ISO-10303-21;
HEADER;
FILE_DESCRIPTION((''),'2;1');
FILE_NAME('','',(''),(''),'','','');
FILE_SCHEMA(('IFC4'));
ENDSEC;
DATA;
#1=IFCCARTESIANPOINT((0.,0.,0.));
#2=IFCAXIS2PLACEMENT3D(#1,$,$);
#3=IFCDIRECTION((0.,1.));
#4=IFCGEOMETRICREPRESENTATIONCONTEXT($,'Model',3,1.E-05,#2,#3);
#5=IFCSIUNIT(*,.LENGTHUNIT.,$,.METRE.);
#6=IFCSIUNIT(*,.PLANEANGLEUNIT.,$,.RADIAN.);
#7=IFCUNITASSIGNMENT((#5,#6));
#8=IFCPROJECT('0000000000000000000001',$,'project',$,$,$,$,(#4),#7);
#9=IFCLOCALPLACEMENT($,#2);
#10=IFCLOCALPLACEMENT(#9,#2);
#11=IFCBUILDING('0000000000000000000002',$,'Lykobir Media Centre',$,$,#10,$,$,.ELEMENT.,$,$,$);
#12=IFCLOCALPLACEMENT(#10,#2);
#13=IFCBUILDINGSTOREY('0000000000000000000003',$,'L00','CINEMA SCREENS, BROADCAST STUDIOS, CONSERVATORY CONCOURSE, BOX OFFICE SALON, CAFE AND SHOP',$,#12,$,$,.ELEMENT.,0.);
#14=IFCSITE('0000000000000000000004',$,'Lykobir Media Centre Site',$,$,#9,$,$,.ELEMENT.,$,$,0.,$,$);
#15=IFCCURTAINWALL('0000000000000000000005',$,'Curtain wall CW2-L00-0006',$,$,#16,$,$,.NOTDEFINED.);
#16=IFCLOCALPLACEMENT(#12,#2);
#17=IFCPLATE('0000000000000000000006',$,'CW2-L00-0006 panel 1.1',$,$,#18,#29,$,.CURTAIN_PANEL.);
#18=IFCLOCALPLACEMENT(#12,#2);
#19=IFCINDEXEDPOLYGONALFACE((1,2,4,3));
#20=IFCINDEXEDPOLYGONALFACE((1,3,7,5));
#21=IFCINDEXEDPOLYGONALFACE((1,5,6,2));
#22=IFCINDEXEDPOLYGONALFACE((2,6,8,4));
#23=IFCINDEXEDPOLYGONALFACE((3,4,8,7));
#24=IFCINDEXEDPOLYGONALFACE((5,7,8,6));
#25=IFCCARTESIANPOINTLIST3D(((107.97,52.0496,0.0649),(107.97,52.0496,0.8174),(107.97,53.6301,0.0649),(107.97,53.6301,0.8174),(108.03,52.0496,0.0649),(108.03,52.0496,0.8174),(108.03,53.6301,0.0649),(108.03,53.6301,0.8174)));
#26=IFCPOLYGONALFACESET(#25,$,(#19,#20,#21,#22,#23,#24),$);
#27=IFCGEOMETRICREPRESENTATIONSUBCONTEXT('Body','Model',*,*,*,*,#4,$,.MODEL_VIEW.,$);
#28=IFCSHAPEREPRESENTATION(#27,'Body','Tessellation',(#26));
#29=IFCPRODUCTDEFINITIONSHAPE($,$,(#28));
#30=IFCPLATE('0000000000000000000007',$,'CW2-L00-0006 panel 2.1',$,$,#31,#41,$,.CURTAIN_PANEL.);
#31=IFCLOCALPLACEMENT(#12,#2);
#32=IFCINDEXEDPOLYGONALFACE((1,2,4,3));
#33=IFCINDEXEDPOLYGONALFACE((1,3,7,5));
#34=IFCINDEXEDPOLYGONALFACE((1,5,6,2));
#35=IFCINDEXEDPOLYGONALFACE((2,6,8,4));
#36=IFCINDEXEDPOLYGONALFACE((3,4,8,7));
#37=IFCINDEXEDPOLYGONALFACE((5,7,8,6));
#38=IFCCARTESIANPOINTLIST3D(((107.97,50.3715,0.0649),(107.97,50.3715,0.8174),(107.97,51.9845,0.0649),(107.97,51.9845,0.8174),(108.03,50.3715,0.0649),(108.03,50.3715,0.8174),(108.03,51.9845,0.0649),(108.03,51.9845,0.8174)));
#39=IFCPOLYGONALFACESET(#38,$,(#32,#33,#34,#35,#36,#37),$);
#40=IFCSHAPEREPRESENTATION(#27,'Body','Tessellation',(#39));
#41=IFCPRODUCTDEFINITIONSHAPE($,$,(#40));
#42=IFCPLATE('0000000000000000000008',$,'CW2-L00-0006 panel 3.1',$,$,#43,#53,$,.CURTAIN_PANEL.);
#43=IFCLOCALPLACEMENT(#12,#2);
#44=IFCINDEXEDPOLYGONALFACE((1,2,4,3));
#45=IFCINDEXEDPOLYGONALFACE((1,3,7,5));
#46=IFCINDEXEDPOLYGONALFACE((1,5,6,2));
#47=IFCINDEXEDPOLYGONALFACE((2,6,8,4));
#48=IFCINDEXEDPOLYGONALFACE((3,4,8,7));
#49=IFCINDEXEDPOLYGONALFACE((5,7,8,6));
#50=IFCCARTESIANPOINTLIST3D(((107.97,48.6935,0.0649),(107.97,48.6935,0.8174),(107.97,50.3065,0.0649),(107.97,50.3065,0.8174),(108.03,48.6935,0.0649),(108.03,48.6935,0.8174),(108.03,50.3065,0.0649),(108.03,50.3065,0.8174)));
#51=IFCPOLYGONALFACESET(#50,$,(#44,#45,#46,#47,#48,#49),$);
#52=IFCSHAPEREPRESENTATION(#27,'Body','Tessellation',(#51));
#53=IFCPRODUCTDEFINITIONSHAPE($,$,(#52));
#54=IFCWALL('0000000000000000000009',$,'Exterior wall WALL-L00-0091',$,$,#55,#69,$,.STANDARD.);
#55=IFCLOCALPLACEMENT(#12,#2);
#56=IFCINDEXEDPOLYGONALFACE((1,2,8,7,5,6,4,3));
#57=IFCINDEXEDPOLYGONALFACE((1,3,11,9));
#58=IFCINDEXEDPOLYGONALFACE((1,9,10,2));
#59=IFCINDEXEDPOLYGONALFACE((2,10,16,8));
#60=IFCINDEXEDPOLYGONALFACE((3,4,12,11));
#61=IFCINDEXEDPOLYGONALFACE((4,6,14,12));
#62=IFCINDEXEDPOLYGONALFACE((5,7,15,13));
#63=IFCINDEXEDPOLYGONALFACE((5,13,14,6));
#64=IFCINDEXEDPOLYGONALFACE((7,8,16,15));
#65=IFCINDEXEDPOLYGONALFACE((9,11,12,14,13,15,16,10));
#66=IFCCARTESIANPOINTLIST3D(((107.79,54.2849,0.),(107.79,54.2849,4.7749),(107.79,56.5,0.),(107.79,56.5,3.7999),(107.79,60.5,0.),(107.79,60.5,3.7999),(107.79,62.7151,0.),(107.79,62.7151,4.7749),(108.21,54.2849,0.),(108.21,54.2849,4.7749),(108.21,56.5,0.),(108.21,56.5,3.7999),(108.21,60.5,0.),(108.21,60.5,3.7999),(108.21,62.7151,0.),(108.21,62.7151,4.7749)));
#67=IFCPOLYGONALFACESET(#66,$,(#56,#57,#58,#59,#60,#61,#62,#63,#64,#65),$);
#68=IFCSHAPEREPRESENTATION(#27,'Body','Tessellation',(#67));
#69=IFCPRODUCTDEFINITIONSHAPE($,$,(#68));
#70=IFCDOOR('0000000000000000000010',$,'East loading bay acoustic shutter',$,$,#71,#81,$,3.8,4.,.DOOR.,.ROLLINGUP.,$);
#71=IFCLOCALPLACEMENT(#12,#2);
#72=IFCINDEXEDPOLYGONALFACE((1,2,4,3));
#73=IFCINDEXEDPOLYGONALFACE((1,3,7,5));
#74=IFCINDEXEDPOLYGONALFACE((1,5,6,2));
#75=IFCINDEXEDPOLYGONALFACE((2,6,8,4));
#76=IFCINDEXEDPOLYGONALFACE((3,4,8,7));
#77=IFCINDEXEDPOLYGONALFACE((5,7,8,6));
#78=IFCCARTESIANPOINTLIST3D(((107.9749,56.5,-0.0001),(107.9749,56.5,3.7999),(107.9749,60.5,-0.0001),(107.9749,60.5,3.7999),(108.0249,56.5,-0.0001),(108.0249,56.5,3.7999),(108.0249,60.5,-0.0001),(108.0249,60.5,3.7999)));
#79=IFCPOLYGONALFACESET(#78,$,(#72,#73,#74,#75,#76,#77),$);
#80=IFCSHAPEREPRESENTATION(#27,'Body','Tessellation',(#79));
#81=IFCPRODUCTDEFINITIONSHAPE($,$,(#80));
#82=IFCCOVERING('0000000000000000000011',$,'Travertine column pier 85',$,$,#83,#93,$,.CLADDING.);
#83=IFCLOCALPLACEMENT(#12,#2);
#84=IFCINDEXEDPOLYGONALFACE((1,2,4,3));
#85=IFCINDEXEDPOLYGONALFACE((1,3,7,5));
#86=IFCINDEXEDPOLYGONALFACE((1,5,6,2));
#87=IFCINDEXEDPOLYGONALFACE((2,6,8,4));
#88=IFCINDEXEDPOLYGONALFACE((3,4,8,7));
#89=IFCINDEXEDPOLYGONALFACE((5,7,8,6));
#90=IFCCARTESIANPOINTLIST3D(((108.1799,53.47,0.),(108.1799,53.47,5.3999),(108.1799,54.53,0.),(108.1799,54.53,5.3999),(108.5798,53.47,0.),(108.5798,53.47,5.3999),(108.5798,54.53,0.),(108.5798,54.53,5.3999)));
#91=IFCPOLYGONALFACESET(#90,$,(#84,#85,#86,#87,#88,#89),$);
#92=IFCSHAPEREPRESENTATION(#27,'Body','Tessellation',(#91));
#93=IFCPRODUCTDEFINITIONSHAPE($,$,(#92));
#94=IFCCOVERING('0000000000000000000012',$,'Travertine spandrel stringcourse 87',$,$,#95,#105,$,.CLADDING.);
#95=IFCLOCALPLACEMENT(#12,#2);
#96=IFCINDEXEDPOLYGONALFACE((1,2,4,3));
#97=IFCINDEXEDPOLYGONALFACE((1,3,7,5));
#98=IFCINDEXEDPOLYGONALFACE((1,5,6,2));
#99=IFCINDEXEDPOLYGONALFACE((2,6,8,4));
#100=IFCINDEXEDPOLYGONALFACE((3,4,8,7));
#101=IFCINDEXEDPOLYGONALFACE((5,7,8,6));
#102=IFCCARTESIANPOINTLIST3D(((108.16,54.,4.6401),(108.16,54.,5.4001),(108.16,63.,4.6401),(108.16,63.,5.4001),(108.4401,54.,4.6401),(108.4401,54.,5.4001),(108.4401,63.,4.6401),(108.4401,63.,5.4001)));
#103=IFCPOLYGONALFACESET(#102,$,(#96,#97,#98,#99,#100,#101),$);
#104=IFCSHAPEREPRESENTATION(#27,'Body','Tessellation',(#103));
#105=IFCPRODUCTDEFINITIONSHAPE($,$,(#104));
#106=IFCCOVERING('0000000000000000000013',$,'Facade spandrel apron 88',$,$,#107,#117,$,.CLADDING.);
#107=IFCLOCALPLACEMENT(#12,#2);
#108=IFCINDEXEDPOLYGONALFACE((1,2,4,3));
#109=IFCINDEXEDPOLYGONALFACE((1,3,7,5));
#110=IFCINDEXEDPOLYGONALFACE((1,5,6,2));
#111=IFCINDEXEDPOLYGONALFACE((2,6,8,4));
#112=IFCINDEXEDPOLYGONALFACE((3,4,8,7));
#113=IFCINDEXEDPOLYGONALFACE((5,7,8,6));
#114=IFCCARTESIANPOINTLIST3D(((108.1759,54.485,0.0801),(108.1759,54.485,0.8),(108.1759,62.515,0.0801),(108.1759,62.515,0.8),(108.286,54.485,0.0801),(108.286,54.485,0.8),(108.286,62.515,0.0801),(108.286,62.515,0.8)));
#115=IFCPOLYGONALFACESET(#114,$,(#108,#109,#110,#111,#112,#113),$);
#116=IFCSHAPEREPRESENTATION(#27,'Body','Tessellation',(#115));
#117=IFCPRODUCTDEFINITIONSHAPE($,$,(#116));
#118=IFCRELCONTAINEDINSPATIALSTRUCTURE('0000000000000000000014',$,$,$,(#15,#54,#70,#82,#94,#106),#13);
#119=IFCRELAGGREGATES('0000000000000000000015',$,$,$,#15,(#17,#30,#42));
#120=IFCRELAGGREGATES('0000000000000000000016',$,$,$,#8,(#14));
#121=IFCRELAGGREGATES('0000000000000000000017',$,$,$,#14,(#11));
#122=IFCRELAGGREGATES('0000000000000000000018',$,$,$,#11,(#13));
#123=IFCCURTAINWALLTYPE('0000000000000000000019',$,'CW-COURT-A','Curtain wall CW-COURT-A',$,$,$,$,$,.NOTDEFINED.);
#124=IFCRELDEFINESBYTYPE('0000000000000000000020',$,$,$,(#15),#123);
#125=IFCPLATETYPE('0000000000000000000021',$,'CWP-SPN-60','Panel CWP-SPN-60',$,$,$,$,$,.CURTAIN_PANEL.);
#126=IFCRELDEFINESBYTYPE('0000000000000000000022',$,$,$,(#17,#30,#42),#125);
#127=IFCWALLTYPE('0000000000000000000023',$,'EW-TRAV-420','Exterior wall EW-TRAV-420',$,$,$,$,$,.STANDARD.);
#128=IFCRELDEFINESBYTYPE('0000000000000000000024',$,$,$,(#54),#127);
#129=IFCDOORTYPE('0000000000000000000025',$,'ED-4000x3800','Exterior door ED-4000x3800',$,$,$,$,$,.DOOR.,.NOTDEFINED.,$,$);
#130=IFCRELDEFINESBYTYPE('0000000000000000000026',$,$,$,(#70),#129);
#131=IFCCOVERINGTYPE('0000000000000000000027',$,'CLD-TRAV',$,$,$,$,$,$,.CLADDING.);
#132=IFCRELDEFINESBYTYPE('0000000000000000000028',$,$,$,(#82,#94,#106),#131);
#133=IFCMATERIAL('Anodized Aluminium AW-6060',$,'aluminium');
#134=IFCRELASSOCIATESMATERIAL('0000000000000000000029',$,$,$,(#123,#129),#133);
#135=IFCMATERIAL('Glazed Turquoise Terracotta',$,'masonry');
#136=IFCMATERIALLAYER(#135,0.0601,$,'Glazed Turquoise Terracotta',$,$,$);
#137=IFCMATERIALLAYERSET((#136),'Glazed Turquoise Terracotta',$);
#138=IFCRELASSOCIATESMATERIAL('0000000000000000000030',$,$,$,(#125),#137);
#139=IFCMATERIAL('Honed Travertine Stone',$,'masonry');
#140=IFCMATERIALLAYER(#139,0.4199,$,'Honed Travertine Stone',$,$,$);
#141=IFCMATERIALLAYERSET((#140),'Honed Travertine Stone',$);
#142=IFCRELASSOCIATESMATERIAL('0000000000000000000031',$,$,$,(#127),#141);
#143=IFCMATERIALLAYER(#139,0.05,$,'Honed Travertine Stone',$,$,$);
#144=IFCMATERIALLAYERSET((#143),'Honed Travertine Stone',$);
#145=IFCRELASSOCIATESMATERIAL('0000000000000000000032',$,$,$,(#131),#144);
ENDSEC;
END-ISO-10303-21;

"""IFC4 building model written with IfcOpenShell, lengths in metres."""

from ifc_helpers import new_model, si_unit, direction, frame, frame_2d, origin, origin_2d, place, context, subcontext, project, spatial, rectangle, extrude, material, layer, layer_set, type_object, element, fill, aggregate, save


model = new_model("IFC4")

# Units and contexts
model_context = context("Model", 3, precision=1e-05, world=origin(), true_north=direction((0.0, 1.0)))
body_context = subcontext(model_context, "Body", "Model", "MODEL_VIEW")
ifc_project = project(units=[si_unit("LENGTHUNIT", "METRE"), si_unit("PLANEANGLEUNIT", "RADIAN")], contexts=[model_context])

# Site, building, storey
site_placement = place(None, origin())
site = spatial("IfcSite", under=ifc_project, at=site_placement, Name="Lykobir Media Centre Site", CompositionType="ELEMENT", RefElevation=0.0)
building_placement = place(site_placement, origin())
building = spatial("IfcBuilding", under=site, at=building_placement, Name="Lykobir Media Centre", CompositionType="ELEMENT")
storey_placement = place(building_placement, origin())
storey = spatial("IfcBuildingStorey", under=building, at=storey_placement, Name="L00", Description="CINEMA SCREENS, BROADCAST STUDIOS, CONSERVATORY CONCOURSE, BOX OFFICE SALON, CAFE AND SHOP", CompositionType="ELEMENT", Elevation=0.0)

# Curtain wall, plates
ifc_material_1 = material(Name="Anodized Aluminium AW-6060", Category="aluminium")
curtain_wall_type = type_object("IfcCurtainWallType", Name="CW-COURT-A", Description="Curtain wall CW-COURT-A", PredefinedType="NOTDEFINED", material=ifc_material_1)
curtain_wall_placement = place(storey_placement, origin())
curtain_wall = element("IfcCurtainWall", 1, at=curtain_wall_placement, inside=storey, type_object=curtain_wall_type, Name="Curtain wall CW2-L00-0006", PredefinedType="NOTDEFINED")
ifc_material_2 = material(Name="Glazed Turquoise Terracotta", Category="masonry")
ifc_layer_1 = layer(ifc_material_2, 0.0601, Name="Glazed Turquoise Terracotta")
ifc_layer_set_1 = layer_set([ifc_layer_1], Name="Glazed Turquoise Terracotta")
plate_type_1 = type_object("IfcPlateType", Name="CWP-SPN-60", Description="Panel CWP-SPN-60", PredefinedType="CURTAIN_PANEL", material=ifc_layer_set_1)
plate_1_placement = place(storey_placement, frame((108.0, 52.8398, 0.0649), z_axis=(0.0, 0.0, 1.0), x_axis=(0.0, -1.0, 0.0)))
plate_1 = element("IfcPlate", 2, at=plate_1_placement, type_object=plate_type_1, Name="CW2-L00-0006 panel 1.1", PredefinedType="CURTAIN_PANEL", context=body_context, shape_type="SweptSolid", body=[
    extrude(rectangle(XDim=1.5806, YDim=0.0601, at=origin_2d()), origin(), (0.0, 0.0, 1.0), 0.7524),
])
plate_2_placement = place(storey_placement, frame((108.0, 51.178, 0.0649), z_axis=(0.0, 0.0, 1.0), x_axis=(0.0, -1.0, 0.0)))
plate_2 = element("IfcPlate", 3, at=plate_2_placement, type_object=plate_type_1, Name="CW2-L00-0006 panel 2.1", PredefinedType="CURTAIN_PANEL", context=body_context, shape_type="SweptSolid", body=[
    extrude(rectangle(XDim=1.613, YDim=0.0601, at=origin_2d()), origin(), (0.0, 0.0, 1.0), 0.7524),
])
plate_3_placement = place(storey_placement, frame((108.0, 49.5, 0.0649), z_axis=(0.0, 0.0, 1.0), x_axis=(0.0, -1.0, 0.0)))
plate_3 = element("IfcPlate", 4, at=plate_3_placement, type_object=plate_type_1, Name="CW2-L00-0006 panel 3.1", PredefinedType="CURTAIN_PANEL", context=body_context, shape_type="SweptSolid", body=[
    extrude(rectangle(XDim=1.613, YDim=0.0601, at=origin_2d()), origin(), (0.0, 0.0, 1.0), 0.7524),
])
aggregate(curtain_wall, [plate_1, plate_2, plate_3])

# Wall, opening, door
ifc_material_3 = material(Name="Honed Travertine Stone", Category="masonry")
ifc_layer_2 = layer(ifc_material_3, 0.4199, Name="Honed Travertine Stone")
ifc_layer_set_2 = layer_set([ifc_layer_2], Name="Honed Travertine Stone")
wall_type = type_object("IfcWallType", Name="EW-TRAV-420", Description="Exterior wall EW-TRAV-420", PredefinedType="STANDARD", material=ifc_layer_set_2)
wall_placement = place(storey_placement, frame((108.0, 54.2849, 0.0), z_axis=(0.0, 0.0, 1.0), x_axis=(0.0, 1.0, 0.0)))
wall = element("IfcWall", 5, at=wall_placement, inside=storey, type_object=wall_type, Name="Exterior wall WALL-L00-0091", PredefinedType="STANDARD", context=body_context, shape_type="SweptSolid", body=[
    extrude(rectangle(XDim=8.4302, YDim=0.4199, at=frame_2d((4.2151, 0.0))), origin(), (0.0, 0.0, 1.0), 4.7749),
])
opening_placement = place(wall_placement, frame((2.2151, 0.0, 0.0)))
opening = element("IfcOpeningElement", 6, at=opening_placement, cuts=wall, PredefinedType="OPENING", context=body_context, shape_type="SweptSolid", body=[
    extrude(rectangle(XDim=4.0, YDim=3.8, at=frame_2d((2.0, 1.8999))), frame((0.0, 0.22, 0.0), z_axis=(0.0, -1.0, 0.0), x_axis=(1.0, 0.0, 0.0)), (0.0, 0.0, 1.0), 0.4399),
])
door_type = type_object("IfcDoorType", Name="ED-4000x3800", Description="Exterior door ED-4000x3800", OperationType="NOTDEFINED", PredefinedType="DOOR", material=ifc_material_1)
door_placement = place(opening_placement, frame((4.0, 0.0, 0.0), z_axis=(0.0, 0.0, 1.0), x_axis=(-1.0, 0.0, 0.0)))
door = element("IfcDoor", 7, at=door_placement, inside=storey, type_object=door_type, Name="East loading bay acoustic shutter", OperationType="ROLLINGUP", OverallHeight=3.8, OverallWidth=4.0, PredefinedType="DOOR", context=body_context, shape_type="SweptSolid", body=[
    extrude(rectangle(XDim=4.0, YDim=3.8, at=frame_2d((2.0, 1.8999))), frame((0.0, 0.0249, 0.0), z_axis=(0.0, -1.0, 0.0), x_axis=(1.0, 0.0, 0.0)), (0.0, 0.0, 1.0), 0.05),
])
fill(opening, door)

# Coverings
ifc_layer_3 = layer(ifc_material_3, 0.05, Name="Honed Travertine Stone")
ifc_layer_set_3 = layer_set([ifc_layer_3], Name="Honed Travertine Stone")
covering_type = type_object("IfcCoveringType", Name="CLD-TRAV", PredefinedType="CLADDING", material=ifc_layer_set_3)
covering_1_placement = place(storey_placement, frame((108.3799, 54.0, 0.0), z_axis=(0.0, 0.0, 1.0), x_axis=(0.0, 1.0, 0.0)))
element("IfcCovering", 8, at=covering_1_placement, inside=storey, type_object=covering_type, Name="Travertine column pier 85", PredefinedType="CLADDING", context=body_context, shape_type="SweptSolid", body=[
    extrude(rectangle(XDim=1.0601, YDim=0.3999, at=origin_2d()), origin(), (0.0, 0.0, 1.0), 5.3999),
])
covering_2_placement = place(storey_placement, frame((108.3, 58.5, 4.6401), z_axis=(0.0, 0.0, 1.0), x_axis=(0.0, 1.0, 0.0)))
element("IfcCovering", 9, at=covering_2_placement, inside=storey, type_object=covering_type, Name="Travertine spandrel stringcourse 87", PredefinedType="CLADDING", context=body_context, shape_type="SweptSolid", body=[
    extrude(rectangle(XDim=9.0, YDim=0.28, at=origin_2d()), origin(), (0.0, 0.0, 1.0), 0.76),
])
covering_3_placement = place(storey_placement, frame((108.231, 58.5, 0.0801), z_axis=(0.0, 0.0, 1.0), x_axis=(0.0, 1.0, 0.0)))
element("IfcCovering", 10, at=covering_3_placement, inside=storey, type_object=covering_type, Name="Facade spandrel apron 88", PredefinedType="CLADDING", context=body_context, shape_type="SweptSolid", body=[
    extrude(rectangle(XDim=8.03, YDim=0.1101, at=origin_2d()), origin(), (0.0, 0.0, 1.0), 0.72),
])

save(model, "model.ifc")
